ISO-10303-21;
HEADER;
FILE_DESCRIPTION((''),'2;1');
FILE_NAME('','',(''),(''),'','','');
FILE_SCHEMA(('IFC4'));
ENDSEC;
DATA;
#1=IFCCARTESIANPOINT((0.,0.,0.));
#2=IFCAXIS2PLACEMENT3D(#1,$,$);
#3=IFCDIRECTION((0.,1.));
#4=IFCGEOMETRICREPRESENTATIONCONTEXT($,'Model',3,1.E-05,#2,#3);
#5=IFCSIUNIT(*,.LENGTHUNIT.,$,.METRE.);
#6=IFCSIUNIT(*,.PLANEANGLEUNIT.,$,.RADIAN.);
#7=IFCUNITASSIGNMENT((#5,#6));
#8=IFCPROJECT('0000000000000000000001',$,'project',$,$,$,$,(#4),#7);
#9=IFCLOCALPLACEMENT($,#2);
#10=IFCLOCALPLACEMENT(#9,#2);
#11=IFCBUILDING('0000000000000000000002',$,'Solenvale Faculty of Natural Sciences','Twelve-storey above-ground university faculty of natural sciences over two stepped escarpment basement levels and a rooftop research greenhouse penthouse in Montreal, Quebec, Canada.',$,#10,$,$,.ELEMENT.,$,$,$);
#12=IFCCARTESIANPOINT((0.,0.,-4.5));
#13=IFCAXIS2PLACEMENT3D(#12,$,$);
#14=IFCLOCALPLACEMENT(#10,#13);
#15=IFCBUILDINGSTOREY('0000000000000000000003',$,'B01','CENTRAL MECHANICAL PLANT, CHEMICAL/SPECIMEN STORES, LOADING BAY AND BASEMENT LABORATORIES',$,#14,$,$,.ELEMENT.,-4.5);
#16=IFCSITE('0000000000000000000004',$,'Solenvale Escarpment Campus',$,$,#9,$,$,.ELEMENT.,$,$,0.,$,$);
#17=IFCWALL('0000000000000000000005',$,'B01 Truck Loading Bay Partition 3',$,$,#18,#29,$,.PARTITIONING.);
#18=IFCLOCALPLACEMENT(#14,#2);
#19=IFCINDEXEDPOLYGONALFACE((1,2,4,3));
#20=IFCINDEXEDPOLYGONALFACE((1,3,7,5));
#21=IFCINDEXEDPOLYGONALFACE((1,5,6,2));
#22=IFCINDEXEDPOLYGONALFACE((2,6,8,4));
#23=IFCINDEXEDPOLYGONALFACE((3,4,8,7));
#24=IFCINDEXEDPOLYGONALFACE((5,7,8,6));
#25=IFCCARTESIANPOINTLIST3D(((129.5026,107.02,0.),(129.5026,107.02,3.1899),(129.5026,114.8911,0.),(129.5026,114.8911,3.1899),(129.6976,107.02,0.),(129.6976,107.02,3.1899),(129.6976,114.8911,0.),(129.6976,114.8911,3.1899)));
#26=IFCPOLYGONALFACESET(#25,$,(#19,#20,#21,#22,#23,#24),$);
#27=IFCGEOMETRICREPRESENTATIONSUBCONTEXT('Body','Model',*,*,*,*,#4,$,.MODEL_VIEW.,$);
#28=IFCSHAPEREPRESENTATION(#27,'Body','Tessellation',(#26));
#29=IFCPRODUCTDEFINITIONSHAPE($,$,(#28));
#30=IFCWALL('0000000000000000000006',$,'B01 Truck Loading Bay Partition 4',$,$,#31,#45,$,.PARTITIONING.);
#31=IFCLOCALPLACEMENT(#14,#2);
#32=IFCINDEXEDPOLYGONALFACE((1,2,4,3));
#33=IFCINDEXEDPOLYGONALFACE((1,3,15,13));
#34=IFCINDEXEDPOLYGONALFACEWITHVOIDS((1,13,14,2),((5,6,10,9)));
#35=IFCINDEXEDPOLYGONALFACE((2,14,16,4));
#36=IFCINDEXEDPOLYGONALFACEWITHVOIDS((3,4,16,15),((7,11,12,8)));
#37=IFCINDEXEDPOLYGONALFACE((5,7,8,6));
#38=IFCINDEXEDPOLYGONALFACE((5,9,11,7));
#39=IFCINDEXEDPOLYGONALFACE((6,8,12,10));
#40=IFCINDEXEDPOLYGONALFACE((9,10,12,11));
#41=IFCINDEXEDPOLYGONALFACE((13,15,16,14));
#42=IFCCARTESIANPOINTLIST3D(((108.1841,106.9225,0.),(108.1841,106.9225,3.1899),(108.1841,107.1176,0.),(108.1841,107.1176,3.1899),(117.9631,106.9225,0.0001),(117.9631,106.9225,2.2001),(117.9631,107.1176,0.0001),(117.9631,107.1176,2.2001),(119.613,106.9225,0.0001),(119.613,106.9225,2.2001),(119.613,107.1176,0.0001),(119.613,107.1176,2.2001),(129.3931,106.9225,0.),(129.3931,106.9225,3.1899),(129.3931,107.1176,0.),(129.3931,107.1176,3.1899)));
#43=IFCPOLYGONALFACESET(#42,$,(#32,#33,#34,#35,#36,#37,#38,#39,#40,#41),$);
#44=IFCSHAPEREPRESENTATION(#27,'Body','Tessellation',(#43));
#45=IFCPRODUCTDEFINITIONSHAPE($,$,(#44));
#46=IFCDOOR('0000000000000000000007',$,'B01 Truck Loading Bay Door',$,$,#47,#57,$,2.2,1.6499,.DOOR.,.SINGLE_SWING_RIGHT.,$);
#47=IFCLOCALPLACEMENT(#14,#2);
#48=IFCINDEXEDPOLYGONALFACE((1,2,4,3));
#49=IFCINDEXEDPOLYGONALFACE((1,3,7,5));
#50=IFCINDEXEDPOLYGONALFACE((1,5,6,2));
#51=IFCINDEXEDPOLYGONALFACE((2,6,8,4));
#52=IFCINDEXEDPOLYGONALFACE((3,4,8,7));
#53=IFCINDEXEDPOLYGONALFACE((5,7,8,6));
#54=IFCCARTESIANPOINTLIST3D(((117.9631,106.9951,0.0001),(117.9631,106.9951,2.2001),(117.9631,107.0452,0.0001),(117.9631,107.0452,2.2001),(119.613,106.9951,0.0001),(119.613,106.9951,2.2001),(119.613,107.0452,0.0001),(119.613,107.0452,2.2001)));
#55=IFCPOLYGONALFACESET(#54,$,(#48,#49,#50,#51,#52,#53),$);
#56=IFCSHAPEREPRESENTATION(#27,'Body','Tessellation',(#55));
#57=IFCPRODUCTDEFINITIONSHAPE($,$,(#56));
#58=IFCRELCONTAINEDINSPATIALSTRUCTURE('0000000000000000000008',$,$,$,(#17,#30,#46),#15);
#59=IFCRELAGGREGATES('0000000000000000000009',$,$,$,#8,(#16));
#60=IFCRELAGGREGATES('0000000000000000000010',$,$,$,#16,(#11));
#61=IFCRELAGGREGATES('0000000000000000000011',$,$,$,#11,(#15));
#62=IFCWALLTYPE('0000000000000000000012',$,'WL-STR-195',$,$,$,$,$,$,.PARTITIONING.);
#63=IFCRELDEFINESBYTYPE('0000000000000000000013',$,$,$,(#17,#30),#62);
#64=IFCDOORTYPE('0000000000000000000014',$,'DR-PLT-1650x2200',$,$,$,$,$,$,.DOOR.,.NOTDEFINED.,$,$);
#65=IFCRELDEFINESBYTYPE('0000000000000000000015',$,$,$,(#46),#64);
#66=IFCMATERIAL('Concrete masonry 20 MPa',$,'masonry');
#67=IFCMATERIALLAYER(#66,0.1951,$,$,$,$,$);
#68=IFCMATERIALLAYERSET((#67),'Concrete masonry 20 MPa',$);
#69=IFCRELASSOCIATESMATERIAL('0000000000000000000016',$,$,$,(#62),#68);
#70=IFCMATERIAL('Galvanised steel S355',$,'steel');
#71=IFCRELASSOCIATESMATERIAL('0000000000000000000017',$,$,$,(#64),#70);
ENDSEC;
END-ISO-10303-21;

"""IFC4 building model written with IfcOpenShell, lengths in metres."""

from ifc_helpers import new_model, si_unit, direction, frame, frame_2d, origin, place, context, subcontext, project, spatial, rectangle, extrude, material, layer, layer_set, type_object, element, fill, save


model = new_model("IFC4")

# Units and contexts
model_context = context("Model", 3, precision=1e-05, world=origin(), true_north=direction((0.0, 1.0)))
body_context = subcontext(model_context, "Body", "Model", "MODEL_VIEW")
ifc_project = project(units=[si_unit("LENGTHUNIT", "METRE"), si_unit("PLANEANGLEUNIT", "RADIAN")], contexts=[model_context])

# Site, building, storey
site_placement = place(None, origin())
site = spatial("IfcSite", under=ifc_project, at=site_placement, Name="Solenvale Escarpment Campus", CompositionType="ELEMENT", RefElevation=0.0)
building_placement = place(site_placement, origin())
building = spatial("IfcBuilding", under=site, at=building_placement, Name="Solenvale Faculty of Natural Sciences", Description="Twelve-storey above-ground university faculty of natural sciences over two stepped escarpment basement levels and a rooftop research greenhouse penthouse in Montreal, Quebec, Canada.", CompositionType="ELEMENT")
storey_placement = place(building_placement, frame((0.0, 0.0, -4.5)))
storey = spatial("IfcBuildingStorey", under=building, at=storey_placement, Name="B01", Description="CENTRAL MECHANICAL PLANT, CHEMICAL/SPECIMEN STORES, LOADING BAY AND BASEMENT LABORATORIES", CompositionType="ELEMENT", Elevation=-4.5)

# Wall
ifc_material_1 = material(Name="Concrete masonry 20 MPa", Category="masonry")
ifc_layer_1 = layer(ifc_material_1, 0.1951)
ifc_layer_set_1 = layer_set([ifc_layer_1], Name="Concrete masonry 20 MPa")
wall_type_1 = type_object("IfcWallType", Name="WL-STR-195", PredefinedType="PARTITIONING", material=ifc_layer_set_1)
wall_1_placement = place(storey_placement, frame((129.6001, 114.8911, 0.0), z_axis=(0.0, 0.0, 1.0), x_axis=(0.0, -1.0, 0.0)))
element("IfcWall", 1, at=wall_1_placement, inside=storey, type_object=wall_type_1, Name="B01 Truck Loading Bay Partition 3", PredefinedType="PARTITIONING", context=body_context, shape_type="SweptSolid", body=[
    extrude(rectangle(XDim=7.8711, YDim=0.1951, at=frame_2d((3.9355, 0.0))), origin(), (0.0, 0.0, 1.0), 3.1899),
])

# Wall, opening, door
wall_2_placement = place(storey_placement, frame((129.3931, 107.02, 0.0), z_axis=(0.0, 0.0, 1.0), x_axis=(-1.0, 0.0, 0.0)))
wall_2 = element("IfcWall", 2, at=wall_2_placement, inside=storey, type_object=wall_type_1, Name="B01 Truck Loading Bay Partition 4", PredefinedType="PARTITIONING", context=body_context, shape_type="SweptSolid", body=[
    extrude(rectangle(XDim=21.209, YDim=0.1951, at=frame_2d((10.6045, 0.0))), origin(), (0.0, 0.0, 1.0), 3.1899),
])
opening_placement = place(wall_2_placement, frame((9.78, 0.0, 0.0)))
opening = element("IfcOpeningElement", 3, at=opening_placement, cuts=wall_2, PredefinedType="OPENING", context=body_context, shape_type="SweptSolid", body=[
    extrude(rectangle(XDim=1.6499, YDim=2.2, at=frame_2d((0.825, 1.1001))), frame((0.0, 0.1074, 0.0), z_axis=(0.0, -1.0, 0.0), x_axis=(1.0, 0.0, 0.0)), (0.0, 0.0, 1.0), 0.2151),
])
ifc_material_2 = material(Name="Galvanised steel S355", Category="steel")
door_type = type_object("IfcDoorType", Name="DR-PLT-1650x2200", OperationType="NOTDEFINED", PredefinedType="DOOR", material=ifc_material_2)
door_placement = place(opening_placement, origin())
door = element("IfcDoor", 4, at=door_placement, inside=storey, type_object=door_type, Name="B01 Truck Loading Bay Door", OperationType="SINGLE_SWING_RIGHT", OverallHeight=2.2, OverallWidth=1.6499, PredefinedType="DOOR", context=body_context, shape_type="SweptSolid", body=[
    extrude(rectangle(XDim=1.6499, YDim=2.2, at=frame_2d((0.825, 1.1001))), frame((0.0, 0.0249, 0.0), z_axis=(0.0, -1.0, 0.0), x_axis=(1.0, 0.0, 0.0)), (0.0, 0.0, 1.0), 0.05),
])
fill(opening, door)

save(model, "model.ifc")
